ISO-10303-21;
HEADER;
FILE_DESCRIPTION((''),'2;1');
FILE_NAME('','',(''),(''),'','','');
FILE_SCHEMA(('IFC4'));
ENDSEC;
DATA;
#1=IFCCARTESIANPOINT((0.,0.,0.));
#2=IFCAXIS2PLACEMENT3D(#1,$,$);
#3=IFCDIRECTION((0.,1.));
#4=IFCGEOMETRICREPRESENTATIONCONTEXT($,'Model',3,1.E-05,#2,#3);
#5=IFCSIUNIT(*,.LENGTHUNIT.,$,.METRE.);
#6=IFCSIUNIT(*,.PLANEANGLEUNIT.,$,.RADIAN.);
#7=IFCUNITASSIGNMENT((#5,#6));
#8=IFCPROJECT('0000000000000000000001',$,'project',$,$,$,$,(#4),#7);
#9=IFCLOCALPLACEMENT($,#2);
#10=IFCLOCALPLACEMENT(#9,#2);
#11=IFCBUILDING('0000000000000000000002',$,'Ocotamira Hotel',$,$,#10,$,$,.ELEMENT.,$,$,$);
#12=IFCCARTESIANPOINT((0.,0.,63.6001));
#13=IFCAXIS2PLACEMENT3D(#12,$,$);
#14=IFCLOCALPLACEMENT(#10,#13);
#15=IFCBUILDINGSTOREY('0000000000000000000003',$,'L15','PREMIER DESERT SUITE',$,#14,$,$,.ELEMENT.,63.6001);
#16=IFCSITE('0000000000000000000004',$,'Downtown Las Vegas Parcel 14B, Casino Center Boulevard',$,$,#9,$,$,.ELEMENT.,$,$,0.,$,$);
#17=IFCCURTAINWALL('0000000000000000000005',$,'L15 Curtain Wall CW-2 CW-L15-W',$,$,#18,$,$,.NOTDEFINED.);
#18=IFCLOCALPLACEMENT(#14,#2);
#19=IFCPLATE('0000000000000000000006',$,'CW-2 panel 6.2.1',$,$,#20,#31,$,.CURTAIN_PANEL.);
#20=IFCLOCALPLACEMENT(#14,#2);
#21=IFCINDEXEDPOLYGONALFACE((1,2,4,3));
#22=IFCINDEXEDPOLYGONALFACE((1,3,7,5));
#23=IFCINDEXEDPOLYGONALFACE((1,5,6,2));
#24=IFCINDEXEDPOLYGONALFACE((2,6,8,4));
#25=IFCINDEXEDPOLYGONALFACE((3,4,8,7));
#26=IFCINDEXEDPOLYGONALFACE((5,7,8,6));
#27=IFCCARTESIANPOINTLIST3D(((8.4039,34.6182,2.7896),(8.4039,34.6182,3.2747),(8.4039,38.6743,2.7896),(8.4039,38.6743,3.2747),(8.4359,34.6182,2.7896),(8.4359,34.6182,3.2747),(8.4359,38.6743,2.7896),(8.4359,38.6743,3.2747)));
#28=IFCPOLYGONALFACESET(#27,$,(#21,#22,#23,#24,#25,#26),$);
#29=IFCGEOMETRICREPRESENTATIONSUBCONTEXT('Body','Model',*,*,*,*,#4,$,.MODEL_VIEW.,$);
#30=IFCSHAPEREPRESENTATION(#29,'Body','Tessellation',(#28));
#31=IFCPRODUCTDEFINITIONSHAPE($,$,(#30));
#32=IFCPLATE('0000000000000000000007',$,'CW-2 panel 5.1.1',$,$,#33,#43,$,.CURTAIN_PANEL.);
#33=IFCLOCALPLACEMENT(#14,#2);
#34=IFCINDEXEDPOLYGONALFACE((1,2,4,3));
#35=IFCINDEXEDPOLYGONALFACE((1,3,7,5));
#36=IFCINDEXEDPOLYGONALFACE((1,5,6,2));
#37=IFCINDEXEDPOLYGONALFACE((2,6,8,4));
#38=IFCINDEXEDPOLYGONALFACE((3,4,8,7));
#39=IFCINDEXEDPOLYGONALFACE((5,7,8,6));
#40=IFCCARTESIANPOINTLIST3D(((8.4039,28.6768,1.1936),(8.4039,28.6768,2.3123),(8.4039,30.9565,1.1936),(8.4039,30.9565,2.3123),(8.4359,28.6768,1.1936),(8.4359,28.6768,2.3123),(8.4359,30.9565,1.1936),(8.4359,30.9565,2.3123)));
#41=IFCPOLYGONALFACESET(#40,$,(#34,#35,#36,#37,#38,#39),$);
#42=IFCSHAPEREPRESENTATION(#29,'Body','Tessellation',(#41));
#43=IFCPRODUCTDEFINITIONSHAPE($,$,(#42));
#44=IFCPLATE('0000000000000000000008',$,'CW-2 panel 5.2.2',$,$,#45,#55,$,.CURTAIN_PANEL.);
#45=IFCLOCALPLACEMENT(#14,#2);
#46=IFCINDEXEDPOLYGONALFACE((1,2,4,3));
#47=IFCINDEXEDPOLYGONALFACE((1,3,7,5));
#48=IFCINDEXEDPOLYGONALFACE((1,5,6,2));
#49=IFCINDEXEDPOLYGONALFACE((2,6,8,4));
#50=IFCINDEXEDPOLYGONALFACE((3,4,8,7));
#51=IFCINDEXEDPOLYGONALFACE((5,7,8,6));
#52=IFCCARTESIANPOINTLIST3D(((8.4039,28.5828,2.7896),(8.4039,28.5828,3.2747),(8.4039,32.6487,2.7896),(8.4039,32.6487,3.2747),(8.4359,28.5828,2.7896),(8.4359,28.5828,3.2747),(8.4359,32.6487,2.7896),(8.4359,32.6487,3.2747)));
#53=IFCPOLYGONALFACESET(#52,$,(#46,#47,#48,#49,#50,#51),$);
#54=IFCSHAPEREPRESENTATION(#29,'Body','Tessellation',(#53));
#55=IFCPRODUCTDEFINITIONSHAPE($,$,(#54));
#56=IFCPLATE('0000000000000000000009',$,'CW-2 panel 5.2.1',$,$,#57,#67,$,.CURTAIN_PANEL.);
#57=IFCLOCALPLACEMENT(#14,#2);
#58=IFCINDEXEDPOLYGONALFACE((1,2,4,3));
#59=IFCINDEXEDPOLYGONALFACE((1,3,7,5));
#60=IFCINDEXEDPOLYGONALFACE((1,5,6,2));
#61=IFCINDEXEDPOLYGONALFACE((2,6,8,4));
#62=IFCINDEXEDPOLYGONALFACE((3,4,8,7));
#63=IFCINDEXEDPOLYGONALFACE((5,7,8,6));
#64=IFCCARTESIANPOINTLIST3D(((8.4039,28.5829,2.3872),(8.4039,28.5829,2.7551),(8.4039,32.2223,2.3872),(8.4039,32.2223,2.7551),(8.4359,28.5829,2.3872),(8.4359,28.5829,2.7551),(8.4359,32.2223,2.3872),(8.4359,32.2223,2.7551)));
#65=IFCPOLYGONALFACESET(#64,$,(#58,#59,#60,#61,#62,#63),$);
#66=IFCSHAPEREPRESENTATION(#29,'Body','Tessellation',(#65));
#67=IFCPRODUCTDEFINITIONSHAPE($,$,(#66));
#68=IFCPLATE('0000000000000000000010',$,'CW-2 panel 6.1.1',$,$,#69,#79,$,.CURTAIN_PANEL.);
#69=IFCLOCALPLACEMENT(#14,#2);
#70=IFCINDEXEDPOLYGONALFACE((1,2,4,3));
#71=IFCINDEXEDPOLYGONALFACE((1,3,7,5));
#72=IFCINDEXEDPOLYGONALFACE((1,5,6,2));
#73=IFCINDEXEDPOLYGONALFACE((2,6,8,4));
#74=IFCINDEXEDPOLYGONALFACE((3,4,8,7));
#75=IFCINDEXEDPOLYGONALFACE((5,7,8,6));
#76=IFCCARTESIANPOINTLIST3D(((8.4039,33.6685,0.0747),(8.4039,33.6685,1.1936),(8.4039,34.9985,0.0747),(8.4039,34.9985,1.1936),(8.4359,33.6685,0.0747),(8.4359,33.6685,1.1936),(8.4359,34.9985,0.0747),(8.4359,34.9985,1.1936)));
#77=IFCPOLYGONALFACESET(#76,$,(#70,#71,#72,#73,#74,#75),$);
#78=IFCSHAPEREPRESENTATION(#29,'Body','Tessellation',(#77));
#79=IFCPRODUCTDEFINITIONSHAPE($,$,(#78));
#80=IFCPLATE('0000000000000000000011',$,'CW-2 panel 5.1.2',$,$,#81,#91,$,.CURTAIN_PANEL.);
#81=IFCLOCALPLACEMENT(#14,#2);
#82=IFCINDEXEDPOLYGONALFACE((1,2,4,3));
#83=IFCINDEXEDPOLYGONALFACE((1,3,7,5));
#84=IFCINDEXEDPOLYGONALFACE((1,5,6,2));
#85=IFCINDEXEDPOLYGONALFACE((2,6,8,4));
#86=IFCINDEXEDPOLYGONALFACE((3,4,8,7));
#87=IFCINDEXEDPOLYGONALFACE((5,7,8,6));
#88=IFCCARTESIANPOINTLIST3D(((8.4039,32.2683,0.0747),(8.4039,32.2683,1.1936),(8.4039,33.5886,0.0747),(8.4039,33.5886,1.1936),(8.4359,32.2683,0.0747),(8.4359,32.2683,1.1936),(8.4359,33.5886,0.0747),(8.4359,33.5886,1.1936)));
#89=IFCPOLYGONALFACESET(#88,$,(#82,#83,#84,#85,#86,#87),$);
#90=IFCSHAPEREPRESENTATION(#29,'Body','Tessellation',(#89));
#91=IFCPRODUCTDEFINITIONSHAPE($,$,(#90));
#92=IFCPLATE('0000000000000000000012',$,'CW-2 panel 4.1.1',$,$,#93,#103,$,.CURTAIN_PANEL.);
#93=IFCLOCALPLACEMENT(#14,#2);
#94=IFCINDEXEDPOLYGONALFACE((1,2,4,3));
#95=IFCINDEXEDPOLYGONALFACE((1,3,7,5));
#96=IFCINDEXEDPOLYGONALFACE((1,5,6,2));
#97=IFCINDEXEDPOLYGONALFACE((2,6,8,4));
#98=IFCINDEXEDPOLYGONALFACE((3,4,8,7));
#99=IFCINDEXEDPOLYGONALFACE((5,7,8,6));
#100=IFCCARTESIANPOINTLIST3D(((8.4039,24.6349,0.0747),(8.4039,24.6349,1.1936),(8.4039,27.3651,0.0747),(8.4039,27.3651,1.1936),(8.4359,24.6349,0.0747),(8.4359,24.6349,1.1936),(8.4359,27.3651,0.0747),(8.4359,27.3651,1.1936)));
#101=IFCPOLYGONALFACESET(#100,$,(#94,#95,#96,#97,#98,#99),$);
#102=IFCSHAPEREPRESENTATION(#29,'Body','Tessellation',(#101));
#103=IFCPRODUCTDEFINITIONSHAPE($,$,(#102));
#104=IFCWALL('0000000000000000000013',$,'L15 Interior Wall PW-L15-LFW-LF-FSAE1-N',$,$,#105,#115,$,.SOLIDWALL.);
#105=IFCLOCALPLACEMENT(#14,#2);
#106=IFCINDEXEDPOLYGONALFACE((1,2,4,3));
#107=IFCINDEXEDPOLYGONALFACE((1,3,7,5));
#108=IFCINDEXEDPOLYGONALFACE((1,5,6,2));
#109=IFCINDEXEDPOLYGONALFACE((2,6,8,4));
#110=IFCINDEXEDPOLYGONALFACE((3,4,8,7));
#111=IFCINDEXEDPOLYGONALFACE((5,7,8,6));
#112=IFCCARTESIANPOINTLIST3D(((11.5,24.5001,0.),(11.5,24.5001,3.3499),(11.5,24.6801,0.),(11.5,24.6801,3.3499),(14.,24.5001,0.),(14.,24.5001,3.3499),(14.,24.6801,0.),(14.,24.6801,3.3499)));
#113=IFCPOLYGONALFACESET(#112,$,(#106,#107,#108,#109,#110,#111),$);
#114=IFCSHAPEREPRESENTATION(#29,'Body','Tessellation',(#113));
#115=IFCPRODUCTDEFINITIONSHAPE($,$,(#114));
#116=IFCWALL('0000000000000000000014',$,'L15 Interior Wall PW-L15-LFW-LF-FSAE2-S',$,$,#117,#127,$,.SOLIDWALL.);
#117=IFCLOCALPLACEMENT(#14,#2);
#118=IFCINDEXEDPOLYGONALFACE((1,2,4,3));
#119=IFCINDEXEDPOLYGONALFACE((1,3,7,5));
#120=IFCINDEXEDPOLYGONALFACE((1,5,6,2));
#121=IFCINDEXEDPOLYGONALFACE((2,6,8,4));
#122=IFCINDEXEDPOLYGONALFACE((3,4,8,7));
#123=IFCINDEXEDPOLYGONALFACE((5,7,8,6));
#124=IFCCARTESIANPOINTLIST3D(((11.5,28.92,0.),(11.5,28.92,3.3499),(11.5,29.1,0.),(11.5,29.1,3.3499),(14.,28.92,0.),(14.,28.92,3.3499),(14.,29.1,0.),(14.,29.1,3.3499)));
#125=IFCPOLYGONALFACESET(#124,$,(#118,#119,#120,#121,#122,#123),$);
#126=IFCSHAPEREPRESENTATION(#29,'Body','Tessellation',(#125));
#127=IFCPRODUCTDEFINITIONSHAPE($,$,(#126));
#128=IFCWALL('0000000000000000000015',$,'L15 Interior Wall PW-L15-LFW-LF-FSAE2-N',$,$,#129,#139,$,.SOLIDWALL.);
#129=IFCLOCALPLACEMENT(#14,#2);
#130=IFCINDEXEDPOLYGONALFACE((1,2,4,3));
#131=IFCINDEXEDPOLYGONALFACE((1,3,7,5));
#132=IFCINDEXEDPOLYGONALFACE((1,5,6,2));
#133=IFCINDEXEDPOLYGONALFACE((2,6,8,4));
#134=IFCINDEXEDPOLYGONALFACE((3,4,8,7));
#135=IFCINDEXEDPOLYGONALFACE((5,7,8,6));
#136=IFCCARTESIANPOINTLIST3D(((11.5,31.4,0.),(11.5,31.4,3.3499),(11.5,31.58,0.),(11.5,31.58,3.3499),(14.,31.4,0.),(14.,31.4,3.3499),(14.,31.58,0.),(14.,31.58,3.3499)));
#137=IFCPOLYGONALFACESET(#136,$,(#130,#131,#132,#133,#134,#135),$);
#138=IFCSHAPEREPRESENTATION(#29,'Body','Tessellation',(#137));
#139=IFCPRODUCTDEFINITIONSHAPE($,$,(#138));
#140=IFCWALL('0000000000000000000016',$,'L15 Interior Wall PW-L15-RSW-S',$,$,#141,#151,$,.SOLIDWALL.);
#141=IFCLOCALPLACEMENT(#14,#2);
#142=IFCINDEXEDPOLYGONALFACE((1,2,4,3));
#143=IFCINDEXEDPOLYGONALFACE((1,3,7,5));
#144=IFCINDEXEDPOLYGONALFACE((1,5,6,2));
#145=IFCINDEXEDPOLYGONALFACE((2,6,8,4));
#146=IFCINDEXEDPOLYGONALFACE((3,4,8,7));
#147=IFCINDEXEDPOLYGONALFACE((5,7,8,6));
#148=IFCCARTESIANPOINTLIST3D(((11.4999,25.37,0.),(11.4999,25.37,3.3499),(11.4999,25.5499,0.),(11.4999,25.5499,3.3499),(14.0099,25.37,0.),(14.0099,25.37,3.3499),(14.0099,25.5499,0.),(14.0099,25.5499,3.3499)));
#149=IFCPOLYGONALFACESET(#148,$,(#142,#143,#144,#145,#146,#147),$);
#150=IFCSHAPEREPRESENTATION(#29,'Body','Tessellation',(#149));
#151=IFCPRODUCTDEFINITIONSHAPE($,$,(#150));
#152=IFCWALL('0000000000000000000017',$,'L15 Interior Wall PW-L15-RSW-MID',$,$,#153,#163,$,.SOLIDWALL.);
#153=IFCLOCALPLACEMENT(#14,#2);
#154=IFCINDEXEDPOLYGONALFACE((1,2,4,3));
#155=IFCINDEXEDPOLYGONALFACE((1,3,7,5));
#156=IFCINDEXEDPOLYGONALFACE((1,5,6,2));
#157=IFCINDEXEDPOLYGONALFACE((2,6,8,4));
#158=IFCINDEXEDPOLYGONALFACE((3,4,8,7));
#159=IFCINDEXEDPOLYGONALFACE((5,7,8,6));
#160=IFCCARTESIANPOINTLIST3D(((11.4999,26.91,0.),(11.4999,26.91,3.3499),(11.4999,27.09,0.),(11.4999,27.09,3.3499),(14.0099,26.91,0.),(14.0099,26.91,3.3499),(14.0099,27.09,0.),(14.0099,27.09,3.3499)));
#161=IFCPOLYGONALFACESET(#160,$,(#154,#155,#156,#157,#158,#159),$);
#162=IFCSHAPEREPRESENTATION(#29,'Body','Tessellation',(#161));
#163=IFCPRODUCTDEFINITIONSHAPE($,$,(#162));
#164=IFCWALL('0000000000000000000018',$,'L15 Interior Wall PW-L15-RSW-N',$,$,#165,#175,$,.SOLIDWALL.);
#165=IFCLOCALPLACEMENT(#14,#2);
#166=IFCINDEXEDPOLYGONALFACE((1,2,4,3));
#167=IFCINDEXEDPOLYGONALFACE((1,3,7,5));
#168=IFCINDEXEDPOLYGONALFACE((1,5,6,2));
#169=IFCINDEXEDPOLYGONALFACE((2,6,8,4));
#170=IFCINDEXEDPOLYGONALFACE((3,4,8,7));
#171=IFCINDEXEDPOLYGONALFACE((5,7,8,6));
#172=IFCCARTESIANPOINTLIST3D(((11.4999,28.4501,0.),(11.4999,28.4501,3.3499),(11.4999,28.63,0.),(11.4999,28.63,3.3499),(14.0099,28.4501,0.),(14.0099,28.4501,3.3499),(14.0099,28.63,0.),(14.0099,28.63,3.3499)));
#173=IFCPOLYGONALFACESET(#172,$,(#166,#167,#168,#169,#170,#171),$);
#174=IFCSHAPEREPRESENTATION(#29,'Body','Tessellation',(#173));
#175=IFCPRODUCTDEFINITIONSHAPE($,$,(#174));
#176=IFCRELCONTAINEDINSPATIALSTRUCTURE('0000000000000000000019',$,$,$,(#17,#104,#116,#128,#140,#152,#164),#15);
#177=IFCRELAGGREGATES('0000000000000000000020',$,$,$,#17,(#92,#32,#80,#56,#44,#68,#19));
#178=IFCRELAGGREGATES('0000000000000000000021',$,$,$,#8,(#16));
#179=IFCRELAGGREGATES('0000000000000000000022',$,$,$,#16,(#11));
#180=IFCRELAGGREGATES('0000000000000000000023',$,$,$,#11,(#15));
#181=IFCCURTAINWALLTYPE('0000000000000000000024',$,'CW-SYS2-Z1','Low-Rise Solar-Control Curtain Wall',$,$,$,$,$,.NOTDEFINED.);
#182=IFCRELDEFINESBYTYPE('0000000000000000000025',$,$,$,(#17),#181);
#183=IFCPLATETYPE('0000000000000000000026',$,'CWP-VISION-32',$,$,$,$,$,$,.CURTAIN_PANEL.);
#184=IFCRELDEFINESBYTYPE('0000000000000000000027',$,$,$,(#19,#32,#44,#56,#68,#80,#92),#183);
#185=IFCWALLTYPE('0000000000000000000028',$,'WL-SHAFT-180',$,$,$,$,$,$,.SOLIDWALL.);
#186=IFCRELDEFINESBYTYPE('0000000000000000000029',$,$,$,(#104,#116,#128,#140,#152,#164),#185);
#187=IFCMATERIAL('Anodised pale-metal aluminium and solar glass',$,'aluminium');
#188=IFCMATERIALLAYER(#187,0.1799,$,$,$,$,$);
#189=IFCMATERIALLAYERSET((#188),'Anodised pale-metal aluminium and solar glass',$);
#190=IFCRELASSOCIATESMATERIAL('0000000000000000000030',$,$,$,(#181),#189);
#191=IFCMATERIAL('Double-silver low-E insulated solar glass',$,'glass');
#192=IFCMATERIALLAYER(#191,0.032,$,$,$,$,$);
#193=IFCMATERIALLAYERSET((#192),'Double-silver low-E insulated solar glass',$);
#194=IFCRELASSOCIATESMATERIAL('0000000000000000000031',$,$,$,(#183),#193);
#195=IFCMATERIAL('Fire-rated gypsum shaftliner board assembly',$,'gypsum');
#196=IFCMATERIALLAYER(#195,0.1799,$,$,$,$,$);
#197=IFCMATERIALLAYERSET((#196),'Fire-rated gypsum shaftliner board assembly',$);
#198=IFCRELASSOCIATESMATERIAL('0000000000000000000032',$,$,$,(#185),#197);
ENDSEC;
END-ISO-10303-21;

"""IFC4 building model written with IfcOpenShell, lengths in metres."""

from ifc_helpers import new_model, si_unit, direction, frame, frame_2d, origin, origin_2d, place, context, subcontext, project, spatial, rectangle, extrude, source, transform, mapped, material, layer, layer_set, type_object, element, aggregate, save


model = new_model("IFC4")

# Units and contexts
model_context = context("Model", 3, precision=1e-05, world=origin(), true_north=direction((0.0, 1.0)))
body_context = subcontext(model_context, "Body", "Model", "MODEL_VIEW")
ifc_project = project(units=[si_unit("LENGTHUNIT", "METRE"), si_unit("PLANEANGLEUNIT", "RADIAN")], contexts=[model_context])

# Site, building, storey
site_placement = place(None, origin())
site = spatial("IfcSite", under=ifc_project, at=site_placement, Name="Downtown Las Vegas Parcel 14B, Casino Center Boulevard", CompositionType="ELEMENT", RefElevation=0.0)
building_placement = place(site_placement, origin())
building = spatial("IfcBuilding", under=site, at=building_placement, Name="Ocotamira Hotel", CompositionType="ELEMENT")
storey_placement = place(building_placement, frame((0.0, 0.0, 63.6001)))
storey = spatial("IfcBuildingStorey", under=building, at=storey_placement, Name="L15", Description="PREMIER DESERT SUITE", CompositionType="ELEMENT", Elevation=63.6001)

# Curtain wall
ifc_material_1 = material(Name="Anodised pale-metal aluminium and solar glass", Category="aluminium")
ifc_layer_1 = layer(ifc_material_1, 0.1799)
ifc_layer_set_1 = layer_set([ifc_layer_1], Name="Anodised pale-metal aluminium and solar glass")
curtain_wall_type = type_object("IfcCurtainWallType", Name="CW-SYS2-Z1", Description="Low-Rise Solar-Control Curtain Wall", PredefinedType="NOTDEFINED", material=ifc_layer_set_1)
curtain_wall_placement = place(storey_placement, origin())
curtain_wall = element("IfcCurtainWall", 1, at=curtain_wall_placement, inside=storey, type_object=curtain_wall_type, Name="L15 Curtain Wall CW-2 CW-L15-W", PredefinedType="NOTDEFINED")

# Plates
ifc_material_2 = material(Name="Double-silver low-E insulated solar glass", Category="glass")
ifc_layer_2 = layer(ifc_material_2, 0.032)
ifc_layer_set_2 = layer_set([ifc_layer_2], Name="Double-silver low-E insulated solar glass")
plate_type_1 = type_object("IfcPlateType", Name="CWP-VISION-32", PredefinedType="CURTAIN_PANEL", material=ifc_layer_set_2)
shared_shape_1 = source(origin(), body_context, "Body", "SweptSolid", [
    extrude(rectangle(XDim=4.0562, YDim=0.032, at=origin_2d()), origin(), (0.0, 0.0, 1.0), 0.4851),
])
plate_1_placement = place(storey_placement, frame((8.4199, 36.6462, 2.7896), z_axis=(0.0, 0.0, 1.0), x_axis=(0.0, 1.0, 0.0)))
plate_1 = element("IfcPlate", 2, at=plate_1_placement, type_object=plate_type_1, Name="CW-2 panel 6.2.1", PredefinedType="CURTAIN_PANEL", context=body_context, shape_type="MappedRepresentation", body=[
    mapped(shared_shape_1, transform((0.0, 0.0, 0.0), scale=1.0)),
])
shared_shape_2 = source(origin(), body_context, "Body", "SweptSolid", [
    extrude(rectangle(XDim=2.2798, YDim=0.032, at=origin_2d()), origin(), (0.0, 0.0, 1.0), 1.1187),
])
plate_2_placement = place(storey_placement, frame((8.4199, 29.8167, 1.1936), z_axis=(0.0, 0.0, 1.0), x_axis=(0.0, 1.0, 0.0)))
plate_2 = element("IfcPlate", 3, at=plate_2_placement, type_object=plate_type_1, Name="CW-2 panel 5.1.1", PredefinedType="CURTAIN_PANEL", context=body_context, shape_type="MappedRepresentation", body=[
    mapped(shared_shape_2, transform((0.0, 0.0, 0.0), scale=1.0)),
])
shared_shape_3 = source(origin(), body_context, "Body", "SweptSolid", [
    extrude(rectangle(XDim=4.0659, YDim=0.032, at=origin_2d()), origin(), (0.0, 0.0, 1.0), 0.4851),
])
plate_3_placement = place(storey_placement, frame((8.4199, 30.6157, 2.7896), z_axis=(0.0, 0.0, 1.0), x_axis=(0.0, 1.0, 0.0)))
plate_3 = element("IfcPlate", 4, at=plate_3_placement, type_object=plate_type_1, Name="CW-2 panel 5.2.2", PredefinedType="CURTAIN_PANEL", context=body_context, shape_type="MappedRepresentation", body=[
    mapped(shared_shape_3, transform((0.0, 0.0, 0.0), scale=1.0)),
])
shared_shape_4 = source(origin(), body_context, "Body", "SweptSolid", [
    extrude(rectangle(XDim=3.6394, YDim=0.032, at=origin_2d()), origin(), (0.0, 0.0, 1.0), 0.3679),
])
plate_4_placement = place(storey_placement, frame((8.4199, 30.4026, 2.3872), z_axis=(0.0, 0.0, 1.0), x_axis=(0.0, 1.0, 0.0)))
plate_4 = element("IfcPlate", 5, at=plate_4_placement, type_object=plate_type_1, Name="CW-2 panel 5.2.1", PredefinedType="CURTAIN_PANEL", context=body_context, shape_type="MappedRepresentation", body=[
    mapped(shared_shape_4, transform((0.0, 0.0, 0.0), scale=1.0)),
])
shared_shape_5 = source(origin(), body_context, "Body", "SweptSolid", [
    extrude(rectangle(XDim=1.3301, YDim=0.032, at=origin_2d()), origin(), (0.0, 0.0, 1.0), 1.1189),
])
plate_5_placement = place(storey_placement, frame((8.4199, 34.3335, 0.0747), z_axis=(0.0, 0.0, 1.0), x_axis=(0.0, 1.0, 0.0)))
plate_5 = element("IfcPlate", 6, at=plate_5_placement, type_object=plate_type_1, Name="CW-2 panel 6.1.1", PredefinedType="CURTAIN_PANEL", context=body_context, shape_type="MappedRepresentation", body=[
    mapped(shared_shape_5, transform((0.0, 0.0, 0.0), scale=1.0)),
])
shared_shape_6 = source(origin(), body_context, "Body", "SweptSolid", [
    extrude(rectangle(XDim=1.3203, YDim=0.032, at=origin_2d()), origin(), (0.0, 0.0, 1.0), 1.1189),
])
plate_6_placement = place(storey_placement, frame((8.4199, 32.9285, 0.0747), z_axis=(0.0, 0.0, 1.0), x_axis=(0.0, 1.0, 0.0)))
plate_6 = element("IfcPlate", 7, at=plate_6_placement, type_object=plate_type_1, Name="CW-2 panel 5.1.2", PredefinedType="CURTAIN_PANEL", context=body_context, shape_type="MappedRepresentation", body=[
    mapped(shared_shape_6, transform((0.0, 0.0, 0.0), scale=1.0)),
])
shared_shape_7 = source(origin(), body_context, "Body", "SweptSolid", [
    extrude(rectangle(XDim=2.7302, YDim=0.032, at=origin_2d()), origin(), (0.0, 0.0, 1.0), 1.1189),
])
plate_7_placement = place(storey_placement, frame((8.4199, 26.0, 0.0747), z_axis=(0.0, 0.0, 1.0), x_axis=(0.0, 1.0, 0.0)))
plate_7 = element("IfcPlate", 8, at=plate_7_placement, type_object=plate_type_1, Name="CW-2 panel 4.1.1", PredefinedType="CURTAIN_PANEL", context=body_context, shape_type="MappedRepresentation", body=[
    mapped(shared_shape_7, transform((0.0, 0.0, 0.0), scale=1.0)),
])
aggregate(curtain_wall, [plate_7, plate_2, plate_6, plate_4, plate_3, plate_5, plate_1])

# Walls
ifc_material_3 = material(Name="Fire-rated gypsum shaftliner board assembly", Category="gypsum")
ifc_layer_3 = layer(ifc_material_3, 0.1799)
ifc_layer_set_3 = layer_set([ifc_layer_3], Name="Fire-rated gypsum shaftliner board assembly")
wall_type_1 = type_object("IfcWallType", Name="WL-SHAFT-180", PredefinedType="SOLIDWALL", material=ifc_layer_set_3)
for number, where, z_axis, x_axis, name in (
    (9, (11.5, 24.5901, 0.0), (0.0, 0.0, 1.0), (1.0, 0.0, 0.0), "L15 Interior Wall PW-L15-LFW-LF-FSAE1-N"),
    (10, (11.5, 29.01, 0.0), (0.0, 0.0, 1.0), (1.0, 0.0, 0.0), "L15 Interior Wall PW-L15-LFW-LF-FSAE2-S"),
    (11, (11.5, 31.49, 0.0), (0.0, 0.0, 1.0), (1.0, 0.0, 0.0), "L15 Interior Wall PW-L15-LFW-LF-FSAE2-N"),
):
    element("IfcWall", number, at=place(storey_placement, frame(where, z_axis=z_axis, x_axis=x_axis)), inside=storey, type_object=wall_type_1, Name=name, PredefinedType="SOLIDWALL", context=body_context, shape_type="SweptSolid", body=[
        extrude(rectangle(XDim=2.5, YDim=0.1799, at=frame_2d((1.25, 0.0))), origin(), (0.0, 0.0, 1.0), 3.3499),
    ])
for number, where, z_axis, x_axis, name in (
    (12, (11.5, 25.46, 0.0), (0.0, 0.0, 1.0), (1.0, 0.0, 0.0), "L15 Interior Wall PW-L15-RSW-S"),
    (13, (11.5, 27.0, 0.0), (0.0, 0.0, 1.0), (1.0, 0.0, 0.0), "L15 Interior Wall PW-L15-RSW-MID"),
    (14, (11.5, 28.54, 0.0), (0.0, 0.0, 1.0), (1.0, 0.0, 0.0), "L15 Interior Wall PW-L15-RSW-N"),
):
    element("IfcWall", number, at=place(storey_placement, frame(where, z_axis=z_axis, x_axis=x_axis)), inside=storey, type_object=wall_type_1, Name=name, PredefinedType="SOLIDWALL", context=body_context, shape_type="SweptSolid", body=[
        extrude(rectangle(XDim=2.51, YDim=0.1799, at=frame_2d((1.2549, 0.0))), origin(), (0.0, 0.0, 1.0), 3.3499),
    ])

save(model, "model.ifc")
